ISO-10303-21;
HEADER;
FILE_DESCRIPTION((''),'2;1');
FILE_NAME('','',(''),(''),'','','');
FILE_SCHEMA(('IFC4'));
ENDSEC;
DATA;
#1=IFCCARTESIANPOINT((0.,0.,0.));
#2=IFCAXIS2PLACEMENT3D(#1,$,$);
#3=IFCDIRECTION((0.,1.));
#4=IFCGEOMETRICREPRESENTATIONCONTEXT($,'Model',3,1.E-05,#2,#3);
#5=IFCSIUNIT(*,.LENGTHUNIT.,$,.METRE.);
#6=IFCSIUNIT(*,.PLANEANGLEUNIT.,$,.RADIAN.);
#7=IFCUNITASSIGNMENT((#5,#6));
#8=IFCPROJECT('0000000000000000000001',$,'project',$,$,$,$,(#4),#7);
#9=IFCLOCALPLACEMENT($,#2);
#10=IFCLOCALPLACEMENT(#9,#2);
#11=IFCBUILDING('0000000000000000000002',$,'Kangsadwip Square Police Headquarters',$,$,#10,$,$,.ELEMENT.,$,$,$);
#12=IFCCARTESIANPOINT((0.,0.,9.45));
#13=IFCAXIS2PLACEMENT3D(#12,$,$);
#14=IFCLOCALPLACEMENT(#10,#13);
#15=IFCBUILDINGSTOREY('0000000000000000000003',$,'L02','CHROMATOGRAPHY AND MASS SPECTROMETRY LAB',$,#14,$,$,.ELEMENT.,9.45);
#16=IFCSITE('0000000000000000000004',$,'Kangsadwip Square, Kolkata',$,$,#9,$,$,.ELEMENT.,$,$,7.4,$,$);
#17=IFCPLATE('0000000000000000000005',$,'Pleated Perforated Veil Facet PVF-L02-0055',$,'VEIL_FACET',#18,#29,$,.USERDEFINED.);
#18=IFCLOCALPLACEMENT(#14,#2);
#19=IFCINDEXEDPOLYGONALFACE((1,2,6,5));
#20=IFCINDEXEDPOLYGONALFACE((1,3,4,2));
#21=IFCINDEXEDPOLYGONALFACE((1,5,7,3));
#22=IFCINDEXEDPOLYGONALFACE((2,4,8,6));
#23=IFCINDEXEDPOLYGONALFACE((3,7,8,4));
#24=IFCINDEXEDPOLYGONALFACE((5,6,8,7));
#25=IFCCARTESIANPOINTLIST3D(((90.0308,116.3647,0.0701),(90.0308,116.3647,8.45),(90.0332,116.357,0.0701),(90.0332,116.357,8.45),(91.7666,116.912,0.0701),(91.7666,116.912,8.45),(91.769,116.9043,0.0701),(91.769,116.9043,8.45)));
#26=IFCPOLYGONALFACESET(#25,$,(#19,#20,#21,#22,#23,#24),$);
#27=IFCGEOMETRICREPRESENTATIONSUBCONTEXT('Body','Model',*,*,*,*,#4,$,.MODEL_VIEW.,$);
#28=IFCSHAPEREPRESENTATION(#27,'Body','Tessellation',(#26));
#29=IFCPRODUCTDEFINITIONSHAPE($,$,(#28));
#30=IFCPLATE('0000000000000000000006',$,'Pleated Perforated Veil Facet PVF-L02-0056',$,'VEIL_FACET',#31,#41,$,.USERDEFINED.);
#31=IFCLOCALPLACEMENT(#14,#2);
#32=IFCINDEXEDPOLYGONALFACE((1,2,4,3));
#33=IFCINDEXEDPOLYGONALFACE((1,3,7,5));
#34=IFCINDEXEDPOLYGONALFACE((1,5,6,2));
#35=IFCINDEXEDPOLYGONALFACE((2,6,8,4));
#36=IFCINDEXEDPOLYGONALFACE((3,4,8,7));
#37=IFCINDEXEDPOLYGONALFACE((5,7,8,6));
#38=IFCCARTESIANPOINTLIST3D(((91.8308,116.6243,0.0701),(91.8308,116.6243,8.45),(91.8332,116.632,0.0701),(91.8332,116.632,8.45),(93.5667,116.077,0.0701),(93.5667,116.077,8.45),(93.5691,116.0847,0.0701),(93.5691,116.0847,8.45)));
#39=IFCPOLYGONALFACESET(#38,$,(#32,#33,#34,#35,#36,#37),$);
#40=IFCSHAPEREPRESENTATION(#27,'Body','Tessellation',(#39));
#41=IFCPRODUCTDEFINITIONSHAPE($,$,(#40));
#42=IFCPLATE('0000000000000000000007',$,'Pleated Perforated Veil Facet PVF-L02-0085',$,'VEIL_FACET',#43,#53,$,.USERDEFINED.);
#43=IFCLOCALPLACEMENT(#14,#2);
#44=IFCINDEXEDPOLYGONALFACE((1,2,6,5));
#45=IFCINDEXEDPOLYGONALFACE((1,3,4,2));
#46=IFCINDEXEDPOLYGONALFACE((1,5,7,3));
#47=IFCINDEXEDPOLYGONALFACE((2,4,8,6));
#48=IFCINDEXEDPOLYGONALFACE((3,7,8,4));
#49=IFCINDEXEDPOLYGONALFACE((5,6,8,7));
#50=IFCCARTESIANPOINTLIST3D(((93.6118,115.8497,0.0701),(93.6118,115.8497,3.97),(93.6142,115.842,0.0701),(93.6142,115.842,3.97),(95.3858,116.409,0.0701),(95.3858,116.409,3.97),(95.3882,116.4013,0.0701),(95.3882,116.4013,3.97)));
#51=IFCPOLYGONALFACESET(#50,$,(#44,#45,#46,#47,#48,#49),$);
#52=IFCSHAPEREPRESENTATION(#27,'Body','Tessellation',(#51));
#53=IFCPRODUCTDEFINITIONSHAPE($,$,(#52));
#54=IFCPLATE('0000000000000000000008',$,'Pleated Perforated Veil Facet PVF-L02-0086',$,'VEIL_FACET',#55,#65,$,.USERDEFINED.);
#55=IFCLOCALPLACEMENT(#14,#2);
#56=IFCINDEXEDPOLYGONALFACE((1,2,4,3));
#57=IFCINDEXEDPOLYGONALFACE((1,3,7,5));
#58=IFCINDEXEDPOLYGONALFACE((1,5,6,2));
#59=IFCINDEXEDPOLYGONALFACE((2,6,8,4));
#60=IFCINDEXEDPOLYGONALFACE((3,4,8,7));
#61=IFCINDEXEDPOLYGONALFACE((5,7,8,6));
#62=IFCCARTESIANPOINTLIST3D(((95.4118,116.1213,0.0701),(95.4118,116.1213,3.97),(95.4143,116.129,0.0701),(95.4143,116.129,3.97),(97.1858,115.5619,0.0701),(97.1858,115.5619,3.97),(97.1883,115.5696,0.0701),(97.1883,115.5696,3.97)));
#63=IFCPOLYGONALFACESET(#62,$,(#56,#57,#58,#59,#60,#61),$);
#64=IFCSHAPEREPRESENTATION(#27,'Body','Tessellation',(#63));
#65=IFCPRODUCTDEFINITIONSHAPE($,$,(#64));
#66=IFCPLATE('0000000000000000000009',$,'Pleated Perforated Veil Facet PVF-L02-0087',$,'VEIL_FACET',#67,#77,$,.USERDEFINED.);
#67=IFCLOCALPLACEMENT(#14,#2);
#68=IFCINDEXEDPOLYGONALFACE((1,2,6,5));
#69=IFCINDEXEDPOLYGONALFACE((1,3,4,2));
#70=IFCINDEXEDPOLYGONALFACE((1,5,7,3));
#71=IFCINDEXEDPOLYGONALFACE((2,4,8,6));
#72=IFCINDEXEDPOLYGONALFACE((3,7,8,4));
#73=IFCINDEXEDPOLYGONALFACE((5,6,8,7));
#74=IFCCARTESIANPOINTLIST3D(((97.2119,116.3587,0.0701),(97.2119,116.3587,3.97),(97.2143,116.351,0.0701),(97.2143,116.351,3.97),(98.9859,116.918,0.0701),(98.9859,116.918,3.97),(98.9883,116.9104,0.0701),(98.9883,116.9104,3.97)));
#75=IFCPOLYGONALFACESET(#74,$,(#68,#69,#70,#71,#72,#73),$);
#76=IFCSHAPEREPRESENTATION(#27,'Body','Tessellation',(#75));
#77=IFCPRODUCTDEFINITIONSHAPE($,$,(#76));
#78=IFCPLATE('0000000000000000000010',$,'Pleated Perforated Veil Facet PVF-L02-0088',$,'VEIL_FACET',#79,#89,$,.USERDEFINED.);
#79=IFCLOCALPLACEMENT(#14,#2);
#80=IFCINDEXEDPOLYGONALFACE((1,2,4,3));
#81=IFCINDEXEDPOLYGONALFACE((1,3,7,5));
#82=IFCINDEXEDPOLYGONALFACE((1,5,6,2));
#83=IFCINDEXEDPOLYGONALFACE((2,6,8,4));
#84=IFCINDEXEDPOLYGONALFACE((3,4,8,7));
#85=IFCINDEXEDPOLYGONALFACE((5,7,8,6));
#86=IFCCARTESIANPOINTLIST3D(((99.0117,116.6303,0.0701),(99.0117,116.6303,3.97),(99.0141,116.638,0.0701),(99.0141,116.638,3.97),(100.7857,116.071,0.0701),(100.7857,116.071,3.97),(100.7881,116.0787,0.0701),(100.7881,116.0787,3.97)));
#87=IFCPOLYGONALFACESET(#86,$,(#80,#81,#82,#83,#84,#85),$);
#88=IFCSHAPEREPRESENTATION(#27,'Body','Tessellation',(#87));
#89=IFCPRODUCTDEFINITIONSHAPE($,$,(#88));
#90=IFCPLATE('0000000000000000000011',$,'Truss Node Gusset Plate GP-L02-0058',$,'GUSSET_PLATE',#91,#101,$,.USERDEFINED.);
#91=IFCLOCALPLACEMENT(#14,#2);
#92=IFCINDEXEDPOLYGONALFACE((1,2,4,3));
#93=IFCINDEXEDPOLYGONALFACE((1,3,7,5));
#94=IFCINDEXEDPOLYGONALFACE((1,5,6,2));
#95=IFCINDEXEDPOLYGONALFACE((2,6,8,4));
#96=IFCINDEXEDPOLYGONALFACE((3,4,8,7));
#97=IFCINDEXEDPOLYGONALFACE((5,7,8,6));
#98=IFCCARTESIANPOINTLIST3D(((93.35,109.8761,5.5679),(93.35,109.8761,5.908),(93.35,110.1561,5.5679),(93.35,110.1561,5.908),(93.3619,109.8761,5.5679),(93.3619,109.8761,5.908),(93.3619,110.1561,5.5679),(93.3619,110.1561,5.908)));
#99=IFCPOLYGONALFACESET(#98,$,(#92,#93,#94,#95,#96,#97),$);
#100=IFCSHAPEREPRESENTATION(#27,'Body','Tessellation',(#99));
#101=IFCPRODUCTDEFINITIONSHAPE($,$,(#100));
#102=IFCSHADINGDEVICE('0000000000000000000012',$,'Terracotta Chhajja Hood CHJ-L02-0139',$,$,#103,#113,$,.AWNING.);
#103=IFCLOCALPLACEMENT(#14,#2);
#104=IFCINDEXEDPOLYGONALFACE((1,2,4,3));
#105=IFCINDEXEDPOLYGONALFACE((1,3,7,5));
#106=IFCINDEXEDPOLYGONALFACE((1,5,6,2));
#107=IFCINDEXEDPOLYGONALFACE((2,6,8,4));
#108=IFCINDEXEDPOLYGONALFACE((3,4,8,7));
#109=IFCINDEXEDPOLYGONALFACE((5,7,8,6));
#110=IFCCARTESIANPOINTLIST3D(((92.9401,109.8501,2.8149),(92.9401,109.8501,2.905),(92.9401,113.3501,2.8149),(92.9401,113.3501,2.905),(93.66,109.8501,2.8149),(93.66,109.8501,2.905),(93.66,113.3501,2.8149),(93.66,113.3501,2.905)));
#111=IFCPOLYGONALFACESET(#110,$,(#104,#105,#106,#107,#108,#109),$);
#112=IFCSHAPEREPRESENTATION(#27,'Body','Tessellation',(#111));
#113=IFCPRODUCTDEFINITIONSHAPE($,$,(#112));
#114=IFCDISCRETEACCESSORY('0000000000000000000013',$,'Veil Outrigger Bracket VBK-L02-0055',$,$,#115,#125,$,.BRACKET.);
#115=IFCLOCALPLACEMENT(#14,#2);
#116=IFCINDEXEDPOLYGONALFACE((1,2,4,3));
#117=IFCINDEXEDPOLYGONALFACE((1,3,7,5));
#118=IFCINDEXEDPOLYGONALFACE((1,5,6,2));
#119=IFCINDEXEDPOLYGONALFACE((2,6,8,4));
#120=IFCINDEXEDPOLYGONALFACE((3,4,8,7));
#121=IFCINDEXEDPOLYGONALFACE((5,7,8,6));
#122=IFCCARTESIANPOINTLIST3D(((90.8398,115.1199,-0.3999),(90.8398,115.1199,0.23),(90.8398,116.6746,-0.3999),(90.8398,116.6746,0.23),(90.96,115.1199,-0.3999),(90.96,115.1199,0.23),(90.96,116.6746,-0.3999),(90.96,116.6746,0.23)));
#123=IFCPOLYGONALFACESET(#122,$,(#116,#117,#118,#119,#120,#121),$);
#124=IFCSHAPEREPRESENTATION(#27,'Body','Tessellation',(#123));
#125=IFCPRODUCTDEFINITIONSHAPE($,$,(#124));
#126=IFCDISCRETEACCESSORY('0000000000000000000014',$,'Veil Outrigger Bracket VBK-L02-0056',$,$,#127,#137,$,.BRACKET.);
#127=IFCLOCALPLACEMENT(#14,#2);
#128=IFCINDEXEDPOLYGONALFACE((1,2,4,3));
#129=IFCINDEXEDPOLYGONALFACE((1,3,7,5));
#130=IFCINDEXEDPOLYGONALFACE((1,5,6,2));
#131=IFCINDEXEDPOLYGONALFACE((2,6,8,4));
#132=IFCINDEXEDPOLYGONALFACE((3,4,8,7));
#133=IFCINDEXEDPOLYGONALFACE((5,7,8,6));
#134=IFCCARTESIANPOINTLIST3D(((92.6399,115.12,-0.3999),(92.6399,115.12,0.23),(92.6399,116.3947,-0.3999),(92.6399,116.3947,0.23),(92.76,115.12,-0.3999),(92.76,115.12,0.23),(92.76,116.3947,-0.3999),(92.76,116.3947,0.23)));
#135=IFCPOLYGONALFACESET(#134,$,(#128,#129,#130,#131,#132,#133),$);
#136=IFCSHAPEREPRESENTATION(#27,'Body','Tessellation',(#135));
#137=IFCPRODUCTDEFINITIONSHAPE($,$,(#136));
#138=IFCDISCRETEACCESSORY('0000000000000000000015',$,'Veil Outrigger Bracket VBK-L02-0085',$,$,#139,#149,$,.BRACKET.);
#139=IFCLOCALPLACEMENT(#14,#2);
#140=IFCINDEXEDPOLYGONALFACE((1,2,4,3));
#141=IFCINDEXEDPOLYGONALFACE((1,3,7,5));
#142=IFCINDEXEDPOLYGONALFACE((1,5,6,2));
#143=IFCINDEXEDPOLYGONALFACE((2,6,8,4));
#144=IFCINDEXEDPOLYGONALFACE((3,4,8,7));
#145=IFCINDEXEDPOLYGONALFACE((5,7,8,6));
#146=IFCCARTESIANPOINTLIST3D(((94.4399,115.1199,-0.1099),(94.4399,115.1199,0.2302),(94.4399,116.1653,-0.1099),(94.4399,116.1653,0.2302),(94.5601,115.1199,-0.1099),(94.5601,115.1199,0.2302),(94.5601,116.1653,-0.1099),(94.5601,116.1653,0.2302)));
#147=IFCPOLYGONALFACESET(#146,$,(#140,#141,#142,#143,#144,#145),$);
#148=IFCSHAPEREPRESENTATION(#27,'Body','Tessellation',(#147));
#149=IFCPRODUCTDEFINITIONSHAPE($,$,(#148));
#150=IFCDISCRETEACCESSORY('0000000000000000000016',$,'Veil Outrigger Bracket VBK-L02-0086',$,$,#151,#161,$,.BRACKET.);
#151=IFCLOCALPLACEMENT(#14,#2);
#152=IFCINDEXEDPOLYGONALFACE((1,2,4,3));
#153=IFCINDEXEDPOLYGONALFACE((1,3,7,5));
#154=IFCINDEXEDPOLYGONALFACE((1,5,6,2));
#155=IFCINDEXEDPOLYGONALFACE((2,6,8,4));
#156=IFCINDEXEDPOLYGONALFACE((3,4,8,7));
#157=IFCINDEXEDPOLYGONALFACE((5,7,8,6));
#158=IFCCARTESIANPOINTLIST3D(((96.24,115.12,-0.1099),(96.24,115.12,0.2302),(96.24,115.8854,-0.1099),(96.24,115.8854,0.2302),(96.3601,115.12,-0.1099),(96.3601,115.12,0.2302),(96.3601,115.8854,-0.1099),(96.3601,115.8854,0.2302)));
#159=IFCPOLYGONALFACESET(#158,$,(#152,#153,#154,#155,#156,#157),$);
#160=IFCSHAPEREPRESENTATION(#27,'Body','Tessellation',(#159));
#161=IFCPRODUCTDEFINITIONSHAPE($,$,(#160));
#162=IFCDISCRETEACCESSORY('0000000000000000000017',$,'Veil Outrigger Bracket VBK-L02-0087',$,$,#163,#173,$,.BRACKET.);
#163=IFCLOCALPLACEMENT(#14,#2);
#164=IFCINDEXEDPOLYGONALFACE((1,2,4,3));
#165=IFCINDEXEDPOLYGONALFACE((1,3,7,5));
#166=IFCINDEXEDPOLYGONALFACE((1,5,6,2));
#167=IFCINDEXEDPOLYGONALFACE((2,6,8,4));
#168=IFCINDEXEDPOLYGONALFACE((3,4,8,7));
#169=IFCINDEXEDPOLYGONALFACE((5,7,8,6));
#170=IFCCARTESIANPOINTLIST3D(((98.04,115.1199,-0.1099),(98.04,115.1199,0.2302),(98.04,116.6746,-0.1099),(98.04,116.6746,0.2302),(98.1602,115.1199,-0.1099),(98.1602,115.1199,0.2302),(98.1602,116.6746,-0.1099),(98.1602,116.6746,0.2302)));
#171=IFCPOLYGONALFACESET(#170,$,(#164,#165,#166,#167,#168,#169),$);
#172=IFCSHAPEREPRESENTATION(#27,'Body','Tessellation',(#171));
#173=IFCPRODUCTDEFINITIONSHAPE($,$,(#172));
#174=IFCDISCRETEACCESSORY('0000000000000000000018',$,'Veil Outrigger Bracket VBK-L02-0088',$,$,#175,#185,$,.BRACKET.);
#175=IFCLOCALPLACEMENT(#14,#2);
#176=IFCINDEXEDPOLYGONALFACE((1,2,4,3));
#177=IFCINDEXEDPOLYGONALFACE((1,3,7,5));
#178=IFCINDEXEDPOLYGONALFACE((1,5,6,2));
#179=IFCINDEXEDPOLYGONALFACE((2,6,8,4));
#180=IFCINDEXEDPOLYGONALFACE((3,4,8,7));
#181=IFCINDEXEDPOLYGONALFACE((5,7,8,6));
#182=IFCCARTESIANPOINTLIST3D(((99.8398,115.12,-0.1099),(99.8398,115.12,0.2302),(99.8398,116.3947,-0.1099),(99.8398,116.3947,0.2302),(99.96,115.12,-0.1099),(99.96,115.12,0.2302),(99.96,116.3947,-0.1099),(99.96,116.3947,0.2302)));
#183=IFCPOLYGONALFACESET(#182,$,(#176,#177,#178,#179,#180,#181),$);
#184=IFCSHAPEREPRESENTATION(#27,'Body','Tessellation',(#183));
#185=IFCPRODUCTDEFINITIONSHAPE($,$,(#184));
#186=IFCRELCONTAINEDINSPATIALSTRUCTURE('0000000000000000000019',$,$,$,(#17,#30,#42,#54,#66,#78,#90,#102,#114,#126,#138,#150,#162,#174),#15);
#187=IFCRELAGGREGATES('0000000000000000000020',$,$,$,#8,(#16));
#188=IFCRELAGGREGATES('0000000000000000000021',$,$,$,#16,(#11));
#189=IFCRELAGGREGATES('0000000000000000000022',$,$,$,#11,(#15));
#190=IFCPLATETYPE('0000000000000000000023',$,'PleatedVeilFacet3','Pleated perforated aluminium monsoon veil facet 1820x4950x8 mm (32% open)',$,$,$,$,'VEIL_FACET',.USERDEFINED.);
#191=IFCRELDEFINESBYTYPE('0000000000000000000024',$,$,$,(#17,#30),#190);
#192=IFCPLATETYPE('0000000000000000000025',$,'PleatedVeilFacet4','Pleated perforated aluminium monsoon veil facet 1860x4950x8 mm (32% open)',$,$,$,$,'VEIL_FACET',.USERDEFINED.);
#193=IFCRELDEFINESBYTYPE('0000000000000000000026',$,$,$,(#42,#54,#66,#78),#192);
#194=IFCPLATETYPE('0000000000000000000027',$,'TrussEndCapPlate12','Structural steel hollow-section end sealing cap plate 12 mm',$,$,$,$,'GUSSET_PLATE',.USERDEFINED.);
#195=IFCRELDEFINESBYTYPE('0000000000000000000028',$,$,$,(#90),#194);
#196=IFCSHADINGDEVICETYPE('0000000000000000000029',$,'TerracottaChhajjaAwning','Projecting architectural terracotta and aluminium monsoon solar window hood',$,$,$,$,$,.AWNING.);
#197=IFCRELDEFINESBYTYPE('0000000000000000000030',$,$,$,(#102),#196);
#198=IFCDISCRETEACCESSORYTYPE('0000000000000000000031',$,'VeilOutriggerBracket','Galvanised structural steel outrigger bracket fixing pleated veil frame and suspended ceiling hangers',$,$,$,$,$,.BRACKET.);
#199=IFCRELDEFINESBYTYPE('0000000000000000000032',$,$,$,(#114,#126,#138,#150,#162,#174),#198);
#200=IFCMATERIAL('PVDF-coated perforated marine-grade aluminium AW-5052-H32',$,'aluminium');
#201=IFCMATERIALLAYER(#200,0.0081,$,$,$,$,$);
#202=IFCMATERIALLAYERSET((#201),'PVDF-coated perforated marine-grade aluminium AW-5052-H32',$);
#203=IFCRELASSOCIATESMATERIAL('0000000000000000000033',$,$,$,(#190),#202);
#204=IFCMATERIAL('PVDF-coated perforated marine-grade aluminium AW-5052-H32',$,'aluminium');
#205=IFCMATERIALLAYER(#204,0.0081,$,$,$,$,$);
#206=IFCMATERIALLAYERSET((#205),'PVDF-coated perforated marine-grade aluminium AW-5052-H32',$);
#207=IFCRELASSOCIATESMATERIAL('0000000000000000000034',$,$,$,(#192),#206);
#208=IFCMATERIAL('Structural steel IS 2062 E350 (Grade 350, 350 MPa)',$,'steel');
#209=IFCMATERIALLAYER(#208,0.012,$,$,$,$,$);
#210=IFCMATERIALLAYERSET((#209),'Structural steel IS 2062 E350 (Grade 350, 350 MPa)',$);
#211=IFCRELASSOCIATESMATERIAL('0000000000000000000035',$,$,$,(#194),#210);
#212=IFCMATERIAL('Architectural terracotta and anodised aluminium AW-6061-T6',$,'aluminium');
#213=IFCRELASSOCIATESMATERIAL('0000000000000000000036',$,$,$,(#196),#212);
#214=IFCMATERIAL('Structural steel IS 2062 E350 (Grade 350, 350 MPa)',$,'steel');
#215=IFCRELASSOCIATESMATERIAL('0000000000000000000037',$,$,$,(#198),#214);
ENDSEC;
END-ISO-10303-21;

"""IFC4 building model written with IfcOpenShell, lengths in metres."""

from ifc_helpers import new_model, si_unit, direction, frame, origin, origin_2d, place, context, subcontext, project, spatial, rectangle, extrude, material, layer, layer_set, type_object, element, save


model = new_model("IFC4")

# Units and contexts
model_context = context("Model", 3, precision=1e-05, world=origin(), true_north=direction((0.0, 1.0)))
body_context = subcontext(model_context, "Body", "Model", "MODEL_VIEW")
ifc_project = project(units=[si_unit("LENGTHUNIT", "METRE"), si_unit("PLANEANGLEUNIT", "RADIAN")], contexts=[model_context])

# Site, building, storey
site_placement = place(None, origin())
site = spatial("IfcSite", under=ifc_project, at=site_placement, Name="Kangsadwip Square, Kolkata", CompositionType="ELEMENT", RefElevation=7.4)
building_placement = place(site_placement, origin())
building = spatial("IfcBuilding", under=site, at=building_placement, Name="Kangsadwip Square Police Headquarters", CompositionType="ELEMENT")
storey_placement = place(building_placement, frame((0.0, 0.0, 9.45)))
storey = spatial("IfcBuildingStorey", under=building, at=storey_placement, Name="L02", Description="CHROMATOGRAPHY AND MASS SPECTROMETRY LAB", CompositionType="ELEMENT", Elevation=9.45)

# Plates
ifc_material_1 = material(Name="PVDF-coated perforated marine-grade aluminium AW-5052-H32", Category="aluminium")
ifc_layer_1 = layer(ifc_material_1, 0.0081)
ifc_layer_set_1 = layer_set([ifc_layer_1], Name="PVDF-coated perforated marine-grade aluminium AW-5052-H32")
plate_type_1 = type_object("IfcPlateType", Name="PleatedVeilFacet3", Description="Pleated perforated aluminium monsoon veil facet 1820x4950x8 mm (32% open)", ElementType="VEIL_FACET", PredefinedType="USERDEFINED", material=ifc_layer_set_1)
for number, where, z_axis, x_axis, name in (
    (1, (90.8999, 116.6345, 0.0701), (0.0, 0.0, 1.0), (0.953717, 0.300706, 0.0), "Pleated Perforated Veil Facet PVF-L02-0055"),
    (2, (92.7, 116.3545, 0.0701), (0.0, 0.0, 1.0), (0.953717, -0.300706, 0.0), "Pleated Perforated Veil Facet PVF-L02-0056"),
):
    element("IfcPlate", number, at=place(storey_placement, frame(where, z_axis=z_axis, x_axis=x_axis)), inside=storey, type_object=plate_type_1, Name=name, ObjectType="VEIL_FACET", PredefinedType="USERDEFINED", context=body_context, shape_type="SweptSolid", body=[
        extrude(rectangle(XDim=1.8201, YDim=0.0081, at=origin_2d()), origin(), (0.0, 0.0, 1.0), 8.3799),
    ])
ifc_material_2 = material(Name="PVDF-coated perforated marine-grade aluminium AW-5052-H32", Category="aluminium")
ifc_layer_2 = layer(ifc_material_2, 0.0081)
ifc_layer_set_2 = layer_set([ifc_layer_2], Name="PVDF-coated perforated marine-grade aluminium AW-5052-H32")
plate_type_2 = type_object("IfcPlateType", Name="PleatedVeilFacet4", Description="Pleated perforated aluminium monsoon veil facet 1860x4950x8 mm (32% open)", ElementType="VEIL_FACET", PredefinedType="USERDEFINED", material=ifc_layer_set_2)
for number, where, z_axis, x_axis, name in (
    (3, (94.5, 116.1255, 0.0701), (0.0, 0.0, 1.0), (0.953717, 0.300706, 0.0), "Pleated Perforated Veil Facet PVF-L02-0085"),
    (4, (96.3, 115.8455, 0.0701), (0.0, 0.0, 1.0), (0.953717, -0.300706, 0.0), "Pleated Perforated Veil Facet PVF-L02-0086"),
    (5, (98.1001, 116.6345, 0.0701), (0.0, 0.0, 1.0), (0.953717, 0.300706, 0.0), "Pleated Perforated Veil Facet PVF-L02-0087"),
    (6, (99.8999, 116.3545, 0.0701), (0.0, 0.0, 1.0), (0.953717, -0.300706, 0.0), "Pleated Perforated Veil Facet PVF-L02-0088"),
):
    element("IfcPlate", number, at=place(storey_placement, frame(where, z_axis=z_axis, x_axis=x_axis)), inside=storey, type_object=plate_type_2, Name=name, ObjectType="VEIL_FACET", PredefinedType="USERDEFINED", context=body_context, shape_type="SweptSolid", body=[
        extrude(rectangle(XDim=1.8601, YDim=0.0081, at=origin_2d()), origin(), (0.0, 0.0, 1.0), 3.8999),
    ])
ifc_material_3 = material(Name="Structural steel IS 2062 E350 (Grade 350, 350 MPa)", Category="steel")
ifc_layer_3 = layer(ifc_material_3, 0.012)
ifc_layer_set_3 = layer_set([ifc_layer_3], Name="Structural steel IS 2062 E350 (Grade 350, 350 MPa)")
plate_type_3 = type_object("IfcPlateType", Name="TrussEndCapPlate12", Description="Structural steel hollow-section end sealing cap plate 12 mm", ElementType="GUSSET_PLATE", PredefinedType="USERDEFINED", material=ifc_layer_set_3)
plate_1_placement = place(storey_placement, frame((93.356, 110.0161, 5.5679), z_axis=(0.0, 0.0, 1.0), x_axis=(0.0, 1.0, 0.0)))
element("IfcPlate", 7, at=plate_1_placement, inside=storey, type_object=plate_type_3, Name="Truss Node Gusset Plate GP-L02-0058", ObjectType="GUSSET_PLATE", PredefinedType="USERDEFINED", context=body_context, shape_type="SweptSolid", body=[
    extrude(rectangle(XDim=0.28, YDim=0.012, at=origin_2d()), origin(), (0.0, 0.0, 1.0), 0.3401),
])

# Shading device
ifc_material_4 = material(Name="Architectural terracotta and anodised aluminium AW-6061-T6", Category="aluminium")
shading_device_type = type_object("IfcShadingDeviceType", Name="TerracottaChhajjaAwning", Description="Projecting architectural terracotta and aluminium monsoon solar window hood", PredefinedType="AWNING", material=ifc_material_4)
shading_device_placement = place(storey_placement, frame((93.3, 111.6001, 2.8149), z_axis=(0.0, 0.0, 1.0), x_axis=(0.0, 1.0, 0.0)))
element("IfcShadingDevice", 8, at=shading_device_placement, inside=storey, type_object=shading_device_type, Name="Terracotta Chhajja Hood CHJ-L02-0139", PredefinedType="AWNING", context=body_context, shape_type="SweptSolid", body=[
    extrude(rectangle(XDim=3.5, YDim=0.72, at=origin_2d()), origin(), (0.0, 0.0, 1.0), 0.0901),
])

# Discrete accessories
ifc_material_5 = material(Name="Structural steel IS 2062 E350 (Grade 350, 350 MPa)", Category="steel")
discrete_accessory_type = type_object("IfcDiscreteAccessoryType", Name="VeilOutriggerBracket", Description="Galvanised structural steel outrigger bracket fixing pleated veil frame and suspended ceiling hangers", PredefinedType="BRACKET", material=ifc_material_5)
discrete_accessory_1_placement = place(storey_placement, frame((90.8999, 115.8972, -0.3999), z_axis=(0.0, 0.0, 1.0), x_axis=(1.0, 0.0, 0.0)))
element("IfcDiscreteAccessory", 9, at=discrete_accessory_1_placement, inside=storey, type_object=discrete_accessory_type, Name="Veil Outrigger Bracket VBK-L02-0055", PredefinedType="BRACKET", context=body_context, shape_type="SweptSolid", body=[
    extrude(rectangle(XDim=0.1201, YDim=1.5547, at=origin_2d()), origin(), (0.0, 0.0, 1.0), 0.6299),
])
discrete_accessory_2_placement = place(storey_placement, frame((92.7, 115.7573, -0.3999), z_axis=(0.0, 0.0, 1.0), x_axis=(1.0, 0.0, 0.0)))
element("IfcDiscreteAccessory", 10, at=discrete_accessory_2_placement, inside=storey, type_object=discrete_accessory_type, Name="Veil Outrigger Bracket VBK-L02-0056", PredefinedType="BRACKET", context=body_context, shape_type="SweptSolid", body=[
    extrude(rectangle(XDim=0.1201, YDim=1.2747, at=origin_2d()), origin(), (0.0, 0.0, 1.0), 0.6299),
])
discrete_accessory_3_placement = place(storey_placement, frame((94.5, 115.6426, -0.1099), z_axis=(0.0, 0.0, 1.0), x_axis=(1.0, 0.0, 0.0)))
element("IfcDiscreteAccessory", 11, at=discrete_accessory_3_placement, inside=storey, type_object=discrete_accessory_type, Name="Veil Outrigger Bracket VBK-L02-0085", PredefinedType="BRACKET", context=body_context, shape_type="SweptSolid", body=[
    extrude(rectangle(XDim=0.1201, YDim=1.0454, at=origin_2d()), origin(), (0.0, 0.0, 1.0), 0.3401),
])
discrete_accessory_4_placement = place(storey_placement, frame((96.3, 115.5027, -0.1099), z_axis=(0.0, 0.0, 1.0), x_axis=(1.0, 0.0, 0.0)))
element("IfcDiscreteAccessory", 12, at=discrete_accessory_4_placement, inside=storey, type_object=discrete_accessory_type, Name="Veil Outrigger Bracket VBK-L02-0086", PredefinedType="BRACKET", context=body_context, shape_type="SweptSolid", body=[
    extrude(rectangle(XDim=0.1201, YDim=0.7654, at=origin_2d()), origin(), (0.0, 0.0, 1.0), 0.3401),
])
discrete_accessory_5_placement = place(storey_placement, frame((98.1001, 115.8972, -0.1099), z_axis=(0.0, 0.0, 1.0), x_axis=(1.0, 0.0, 0.0)))
element("IfcDiscreteAccessory", 13, at=discrete_accessory_5_placement, inside=storey, type_object=discrete_accessory_type, Name="Veil Outrigger Bracket VBK-L02-0087", PredefinedType="BRACKET", context=body_context, shape_type="SweptSolid", body=[
    extrude(rectangle(XDim=0.1201, YDim=1.5547, at=origin_2d()), origin(), (0.0, 0.0, 1.0), 0.3401),
])
discrete_accessory_6_placement = place(storey_placement, frame((99.8999, 115.7573, -0.1099), z_axis=(0.0, 0.0, 1.0), x_axis=(1.0, 0.0, 0.0)))
element("IfcDiscreteAccessory", 14, at=discrete_accessory_6_placement, inside=storey, type_object=discrete_accessory_type, Name="Veil Outrigger Bracket VBK-L02-0088", PredefinedType="BRACKET", context=body_context, shape_type="SweptSolid", body=[
    extrude(rectangle(XDim=0.1201, YDim=1.2747, at=origin_2d()), origin(), (0.0, 0.0, 1.0), 0.3401),
])

save(model, "model.ifc")
